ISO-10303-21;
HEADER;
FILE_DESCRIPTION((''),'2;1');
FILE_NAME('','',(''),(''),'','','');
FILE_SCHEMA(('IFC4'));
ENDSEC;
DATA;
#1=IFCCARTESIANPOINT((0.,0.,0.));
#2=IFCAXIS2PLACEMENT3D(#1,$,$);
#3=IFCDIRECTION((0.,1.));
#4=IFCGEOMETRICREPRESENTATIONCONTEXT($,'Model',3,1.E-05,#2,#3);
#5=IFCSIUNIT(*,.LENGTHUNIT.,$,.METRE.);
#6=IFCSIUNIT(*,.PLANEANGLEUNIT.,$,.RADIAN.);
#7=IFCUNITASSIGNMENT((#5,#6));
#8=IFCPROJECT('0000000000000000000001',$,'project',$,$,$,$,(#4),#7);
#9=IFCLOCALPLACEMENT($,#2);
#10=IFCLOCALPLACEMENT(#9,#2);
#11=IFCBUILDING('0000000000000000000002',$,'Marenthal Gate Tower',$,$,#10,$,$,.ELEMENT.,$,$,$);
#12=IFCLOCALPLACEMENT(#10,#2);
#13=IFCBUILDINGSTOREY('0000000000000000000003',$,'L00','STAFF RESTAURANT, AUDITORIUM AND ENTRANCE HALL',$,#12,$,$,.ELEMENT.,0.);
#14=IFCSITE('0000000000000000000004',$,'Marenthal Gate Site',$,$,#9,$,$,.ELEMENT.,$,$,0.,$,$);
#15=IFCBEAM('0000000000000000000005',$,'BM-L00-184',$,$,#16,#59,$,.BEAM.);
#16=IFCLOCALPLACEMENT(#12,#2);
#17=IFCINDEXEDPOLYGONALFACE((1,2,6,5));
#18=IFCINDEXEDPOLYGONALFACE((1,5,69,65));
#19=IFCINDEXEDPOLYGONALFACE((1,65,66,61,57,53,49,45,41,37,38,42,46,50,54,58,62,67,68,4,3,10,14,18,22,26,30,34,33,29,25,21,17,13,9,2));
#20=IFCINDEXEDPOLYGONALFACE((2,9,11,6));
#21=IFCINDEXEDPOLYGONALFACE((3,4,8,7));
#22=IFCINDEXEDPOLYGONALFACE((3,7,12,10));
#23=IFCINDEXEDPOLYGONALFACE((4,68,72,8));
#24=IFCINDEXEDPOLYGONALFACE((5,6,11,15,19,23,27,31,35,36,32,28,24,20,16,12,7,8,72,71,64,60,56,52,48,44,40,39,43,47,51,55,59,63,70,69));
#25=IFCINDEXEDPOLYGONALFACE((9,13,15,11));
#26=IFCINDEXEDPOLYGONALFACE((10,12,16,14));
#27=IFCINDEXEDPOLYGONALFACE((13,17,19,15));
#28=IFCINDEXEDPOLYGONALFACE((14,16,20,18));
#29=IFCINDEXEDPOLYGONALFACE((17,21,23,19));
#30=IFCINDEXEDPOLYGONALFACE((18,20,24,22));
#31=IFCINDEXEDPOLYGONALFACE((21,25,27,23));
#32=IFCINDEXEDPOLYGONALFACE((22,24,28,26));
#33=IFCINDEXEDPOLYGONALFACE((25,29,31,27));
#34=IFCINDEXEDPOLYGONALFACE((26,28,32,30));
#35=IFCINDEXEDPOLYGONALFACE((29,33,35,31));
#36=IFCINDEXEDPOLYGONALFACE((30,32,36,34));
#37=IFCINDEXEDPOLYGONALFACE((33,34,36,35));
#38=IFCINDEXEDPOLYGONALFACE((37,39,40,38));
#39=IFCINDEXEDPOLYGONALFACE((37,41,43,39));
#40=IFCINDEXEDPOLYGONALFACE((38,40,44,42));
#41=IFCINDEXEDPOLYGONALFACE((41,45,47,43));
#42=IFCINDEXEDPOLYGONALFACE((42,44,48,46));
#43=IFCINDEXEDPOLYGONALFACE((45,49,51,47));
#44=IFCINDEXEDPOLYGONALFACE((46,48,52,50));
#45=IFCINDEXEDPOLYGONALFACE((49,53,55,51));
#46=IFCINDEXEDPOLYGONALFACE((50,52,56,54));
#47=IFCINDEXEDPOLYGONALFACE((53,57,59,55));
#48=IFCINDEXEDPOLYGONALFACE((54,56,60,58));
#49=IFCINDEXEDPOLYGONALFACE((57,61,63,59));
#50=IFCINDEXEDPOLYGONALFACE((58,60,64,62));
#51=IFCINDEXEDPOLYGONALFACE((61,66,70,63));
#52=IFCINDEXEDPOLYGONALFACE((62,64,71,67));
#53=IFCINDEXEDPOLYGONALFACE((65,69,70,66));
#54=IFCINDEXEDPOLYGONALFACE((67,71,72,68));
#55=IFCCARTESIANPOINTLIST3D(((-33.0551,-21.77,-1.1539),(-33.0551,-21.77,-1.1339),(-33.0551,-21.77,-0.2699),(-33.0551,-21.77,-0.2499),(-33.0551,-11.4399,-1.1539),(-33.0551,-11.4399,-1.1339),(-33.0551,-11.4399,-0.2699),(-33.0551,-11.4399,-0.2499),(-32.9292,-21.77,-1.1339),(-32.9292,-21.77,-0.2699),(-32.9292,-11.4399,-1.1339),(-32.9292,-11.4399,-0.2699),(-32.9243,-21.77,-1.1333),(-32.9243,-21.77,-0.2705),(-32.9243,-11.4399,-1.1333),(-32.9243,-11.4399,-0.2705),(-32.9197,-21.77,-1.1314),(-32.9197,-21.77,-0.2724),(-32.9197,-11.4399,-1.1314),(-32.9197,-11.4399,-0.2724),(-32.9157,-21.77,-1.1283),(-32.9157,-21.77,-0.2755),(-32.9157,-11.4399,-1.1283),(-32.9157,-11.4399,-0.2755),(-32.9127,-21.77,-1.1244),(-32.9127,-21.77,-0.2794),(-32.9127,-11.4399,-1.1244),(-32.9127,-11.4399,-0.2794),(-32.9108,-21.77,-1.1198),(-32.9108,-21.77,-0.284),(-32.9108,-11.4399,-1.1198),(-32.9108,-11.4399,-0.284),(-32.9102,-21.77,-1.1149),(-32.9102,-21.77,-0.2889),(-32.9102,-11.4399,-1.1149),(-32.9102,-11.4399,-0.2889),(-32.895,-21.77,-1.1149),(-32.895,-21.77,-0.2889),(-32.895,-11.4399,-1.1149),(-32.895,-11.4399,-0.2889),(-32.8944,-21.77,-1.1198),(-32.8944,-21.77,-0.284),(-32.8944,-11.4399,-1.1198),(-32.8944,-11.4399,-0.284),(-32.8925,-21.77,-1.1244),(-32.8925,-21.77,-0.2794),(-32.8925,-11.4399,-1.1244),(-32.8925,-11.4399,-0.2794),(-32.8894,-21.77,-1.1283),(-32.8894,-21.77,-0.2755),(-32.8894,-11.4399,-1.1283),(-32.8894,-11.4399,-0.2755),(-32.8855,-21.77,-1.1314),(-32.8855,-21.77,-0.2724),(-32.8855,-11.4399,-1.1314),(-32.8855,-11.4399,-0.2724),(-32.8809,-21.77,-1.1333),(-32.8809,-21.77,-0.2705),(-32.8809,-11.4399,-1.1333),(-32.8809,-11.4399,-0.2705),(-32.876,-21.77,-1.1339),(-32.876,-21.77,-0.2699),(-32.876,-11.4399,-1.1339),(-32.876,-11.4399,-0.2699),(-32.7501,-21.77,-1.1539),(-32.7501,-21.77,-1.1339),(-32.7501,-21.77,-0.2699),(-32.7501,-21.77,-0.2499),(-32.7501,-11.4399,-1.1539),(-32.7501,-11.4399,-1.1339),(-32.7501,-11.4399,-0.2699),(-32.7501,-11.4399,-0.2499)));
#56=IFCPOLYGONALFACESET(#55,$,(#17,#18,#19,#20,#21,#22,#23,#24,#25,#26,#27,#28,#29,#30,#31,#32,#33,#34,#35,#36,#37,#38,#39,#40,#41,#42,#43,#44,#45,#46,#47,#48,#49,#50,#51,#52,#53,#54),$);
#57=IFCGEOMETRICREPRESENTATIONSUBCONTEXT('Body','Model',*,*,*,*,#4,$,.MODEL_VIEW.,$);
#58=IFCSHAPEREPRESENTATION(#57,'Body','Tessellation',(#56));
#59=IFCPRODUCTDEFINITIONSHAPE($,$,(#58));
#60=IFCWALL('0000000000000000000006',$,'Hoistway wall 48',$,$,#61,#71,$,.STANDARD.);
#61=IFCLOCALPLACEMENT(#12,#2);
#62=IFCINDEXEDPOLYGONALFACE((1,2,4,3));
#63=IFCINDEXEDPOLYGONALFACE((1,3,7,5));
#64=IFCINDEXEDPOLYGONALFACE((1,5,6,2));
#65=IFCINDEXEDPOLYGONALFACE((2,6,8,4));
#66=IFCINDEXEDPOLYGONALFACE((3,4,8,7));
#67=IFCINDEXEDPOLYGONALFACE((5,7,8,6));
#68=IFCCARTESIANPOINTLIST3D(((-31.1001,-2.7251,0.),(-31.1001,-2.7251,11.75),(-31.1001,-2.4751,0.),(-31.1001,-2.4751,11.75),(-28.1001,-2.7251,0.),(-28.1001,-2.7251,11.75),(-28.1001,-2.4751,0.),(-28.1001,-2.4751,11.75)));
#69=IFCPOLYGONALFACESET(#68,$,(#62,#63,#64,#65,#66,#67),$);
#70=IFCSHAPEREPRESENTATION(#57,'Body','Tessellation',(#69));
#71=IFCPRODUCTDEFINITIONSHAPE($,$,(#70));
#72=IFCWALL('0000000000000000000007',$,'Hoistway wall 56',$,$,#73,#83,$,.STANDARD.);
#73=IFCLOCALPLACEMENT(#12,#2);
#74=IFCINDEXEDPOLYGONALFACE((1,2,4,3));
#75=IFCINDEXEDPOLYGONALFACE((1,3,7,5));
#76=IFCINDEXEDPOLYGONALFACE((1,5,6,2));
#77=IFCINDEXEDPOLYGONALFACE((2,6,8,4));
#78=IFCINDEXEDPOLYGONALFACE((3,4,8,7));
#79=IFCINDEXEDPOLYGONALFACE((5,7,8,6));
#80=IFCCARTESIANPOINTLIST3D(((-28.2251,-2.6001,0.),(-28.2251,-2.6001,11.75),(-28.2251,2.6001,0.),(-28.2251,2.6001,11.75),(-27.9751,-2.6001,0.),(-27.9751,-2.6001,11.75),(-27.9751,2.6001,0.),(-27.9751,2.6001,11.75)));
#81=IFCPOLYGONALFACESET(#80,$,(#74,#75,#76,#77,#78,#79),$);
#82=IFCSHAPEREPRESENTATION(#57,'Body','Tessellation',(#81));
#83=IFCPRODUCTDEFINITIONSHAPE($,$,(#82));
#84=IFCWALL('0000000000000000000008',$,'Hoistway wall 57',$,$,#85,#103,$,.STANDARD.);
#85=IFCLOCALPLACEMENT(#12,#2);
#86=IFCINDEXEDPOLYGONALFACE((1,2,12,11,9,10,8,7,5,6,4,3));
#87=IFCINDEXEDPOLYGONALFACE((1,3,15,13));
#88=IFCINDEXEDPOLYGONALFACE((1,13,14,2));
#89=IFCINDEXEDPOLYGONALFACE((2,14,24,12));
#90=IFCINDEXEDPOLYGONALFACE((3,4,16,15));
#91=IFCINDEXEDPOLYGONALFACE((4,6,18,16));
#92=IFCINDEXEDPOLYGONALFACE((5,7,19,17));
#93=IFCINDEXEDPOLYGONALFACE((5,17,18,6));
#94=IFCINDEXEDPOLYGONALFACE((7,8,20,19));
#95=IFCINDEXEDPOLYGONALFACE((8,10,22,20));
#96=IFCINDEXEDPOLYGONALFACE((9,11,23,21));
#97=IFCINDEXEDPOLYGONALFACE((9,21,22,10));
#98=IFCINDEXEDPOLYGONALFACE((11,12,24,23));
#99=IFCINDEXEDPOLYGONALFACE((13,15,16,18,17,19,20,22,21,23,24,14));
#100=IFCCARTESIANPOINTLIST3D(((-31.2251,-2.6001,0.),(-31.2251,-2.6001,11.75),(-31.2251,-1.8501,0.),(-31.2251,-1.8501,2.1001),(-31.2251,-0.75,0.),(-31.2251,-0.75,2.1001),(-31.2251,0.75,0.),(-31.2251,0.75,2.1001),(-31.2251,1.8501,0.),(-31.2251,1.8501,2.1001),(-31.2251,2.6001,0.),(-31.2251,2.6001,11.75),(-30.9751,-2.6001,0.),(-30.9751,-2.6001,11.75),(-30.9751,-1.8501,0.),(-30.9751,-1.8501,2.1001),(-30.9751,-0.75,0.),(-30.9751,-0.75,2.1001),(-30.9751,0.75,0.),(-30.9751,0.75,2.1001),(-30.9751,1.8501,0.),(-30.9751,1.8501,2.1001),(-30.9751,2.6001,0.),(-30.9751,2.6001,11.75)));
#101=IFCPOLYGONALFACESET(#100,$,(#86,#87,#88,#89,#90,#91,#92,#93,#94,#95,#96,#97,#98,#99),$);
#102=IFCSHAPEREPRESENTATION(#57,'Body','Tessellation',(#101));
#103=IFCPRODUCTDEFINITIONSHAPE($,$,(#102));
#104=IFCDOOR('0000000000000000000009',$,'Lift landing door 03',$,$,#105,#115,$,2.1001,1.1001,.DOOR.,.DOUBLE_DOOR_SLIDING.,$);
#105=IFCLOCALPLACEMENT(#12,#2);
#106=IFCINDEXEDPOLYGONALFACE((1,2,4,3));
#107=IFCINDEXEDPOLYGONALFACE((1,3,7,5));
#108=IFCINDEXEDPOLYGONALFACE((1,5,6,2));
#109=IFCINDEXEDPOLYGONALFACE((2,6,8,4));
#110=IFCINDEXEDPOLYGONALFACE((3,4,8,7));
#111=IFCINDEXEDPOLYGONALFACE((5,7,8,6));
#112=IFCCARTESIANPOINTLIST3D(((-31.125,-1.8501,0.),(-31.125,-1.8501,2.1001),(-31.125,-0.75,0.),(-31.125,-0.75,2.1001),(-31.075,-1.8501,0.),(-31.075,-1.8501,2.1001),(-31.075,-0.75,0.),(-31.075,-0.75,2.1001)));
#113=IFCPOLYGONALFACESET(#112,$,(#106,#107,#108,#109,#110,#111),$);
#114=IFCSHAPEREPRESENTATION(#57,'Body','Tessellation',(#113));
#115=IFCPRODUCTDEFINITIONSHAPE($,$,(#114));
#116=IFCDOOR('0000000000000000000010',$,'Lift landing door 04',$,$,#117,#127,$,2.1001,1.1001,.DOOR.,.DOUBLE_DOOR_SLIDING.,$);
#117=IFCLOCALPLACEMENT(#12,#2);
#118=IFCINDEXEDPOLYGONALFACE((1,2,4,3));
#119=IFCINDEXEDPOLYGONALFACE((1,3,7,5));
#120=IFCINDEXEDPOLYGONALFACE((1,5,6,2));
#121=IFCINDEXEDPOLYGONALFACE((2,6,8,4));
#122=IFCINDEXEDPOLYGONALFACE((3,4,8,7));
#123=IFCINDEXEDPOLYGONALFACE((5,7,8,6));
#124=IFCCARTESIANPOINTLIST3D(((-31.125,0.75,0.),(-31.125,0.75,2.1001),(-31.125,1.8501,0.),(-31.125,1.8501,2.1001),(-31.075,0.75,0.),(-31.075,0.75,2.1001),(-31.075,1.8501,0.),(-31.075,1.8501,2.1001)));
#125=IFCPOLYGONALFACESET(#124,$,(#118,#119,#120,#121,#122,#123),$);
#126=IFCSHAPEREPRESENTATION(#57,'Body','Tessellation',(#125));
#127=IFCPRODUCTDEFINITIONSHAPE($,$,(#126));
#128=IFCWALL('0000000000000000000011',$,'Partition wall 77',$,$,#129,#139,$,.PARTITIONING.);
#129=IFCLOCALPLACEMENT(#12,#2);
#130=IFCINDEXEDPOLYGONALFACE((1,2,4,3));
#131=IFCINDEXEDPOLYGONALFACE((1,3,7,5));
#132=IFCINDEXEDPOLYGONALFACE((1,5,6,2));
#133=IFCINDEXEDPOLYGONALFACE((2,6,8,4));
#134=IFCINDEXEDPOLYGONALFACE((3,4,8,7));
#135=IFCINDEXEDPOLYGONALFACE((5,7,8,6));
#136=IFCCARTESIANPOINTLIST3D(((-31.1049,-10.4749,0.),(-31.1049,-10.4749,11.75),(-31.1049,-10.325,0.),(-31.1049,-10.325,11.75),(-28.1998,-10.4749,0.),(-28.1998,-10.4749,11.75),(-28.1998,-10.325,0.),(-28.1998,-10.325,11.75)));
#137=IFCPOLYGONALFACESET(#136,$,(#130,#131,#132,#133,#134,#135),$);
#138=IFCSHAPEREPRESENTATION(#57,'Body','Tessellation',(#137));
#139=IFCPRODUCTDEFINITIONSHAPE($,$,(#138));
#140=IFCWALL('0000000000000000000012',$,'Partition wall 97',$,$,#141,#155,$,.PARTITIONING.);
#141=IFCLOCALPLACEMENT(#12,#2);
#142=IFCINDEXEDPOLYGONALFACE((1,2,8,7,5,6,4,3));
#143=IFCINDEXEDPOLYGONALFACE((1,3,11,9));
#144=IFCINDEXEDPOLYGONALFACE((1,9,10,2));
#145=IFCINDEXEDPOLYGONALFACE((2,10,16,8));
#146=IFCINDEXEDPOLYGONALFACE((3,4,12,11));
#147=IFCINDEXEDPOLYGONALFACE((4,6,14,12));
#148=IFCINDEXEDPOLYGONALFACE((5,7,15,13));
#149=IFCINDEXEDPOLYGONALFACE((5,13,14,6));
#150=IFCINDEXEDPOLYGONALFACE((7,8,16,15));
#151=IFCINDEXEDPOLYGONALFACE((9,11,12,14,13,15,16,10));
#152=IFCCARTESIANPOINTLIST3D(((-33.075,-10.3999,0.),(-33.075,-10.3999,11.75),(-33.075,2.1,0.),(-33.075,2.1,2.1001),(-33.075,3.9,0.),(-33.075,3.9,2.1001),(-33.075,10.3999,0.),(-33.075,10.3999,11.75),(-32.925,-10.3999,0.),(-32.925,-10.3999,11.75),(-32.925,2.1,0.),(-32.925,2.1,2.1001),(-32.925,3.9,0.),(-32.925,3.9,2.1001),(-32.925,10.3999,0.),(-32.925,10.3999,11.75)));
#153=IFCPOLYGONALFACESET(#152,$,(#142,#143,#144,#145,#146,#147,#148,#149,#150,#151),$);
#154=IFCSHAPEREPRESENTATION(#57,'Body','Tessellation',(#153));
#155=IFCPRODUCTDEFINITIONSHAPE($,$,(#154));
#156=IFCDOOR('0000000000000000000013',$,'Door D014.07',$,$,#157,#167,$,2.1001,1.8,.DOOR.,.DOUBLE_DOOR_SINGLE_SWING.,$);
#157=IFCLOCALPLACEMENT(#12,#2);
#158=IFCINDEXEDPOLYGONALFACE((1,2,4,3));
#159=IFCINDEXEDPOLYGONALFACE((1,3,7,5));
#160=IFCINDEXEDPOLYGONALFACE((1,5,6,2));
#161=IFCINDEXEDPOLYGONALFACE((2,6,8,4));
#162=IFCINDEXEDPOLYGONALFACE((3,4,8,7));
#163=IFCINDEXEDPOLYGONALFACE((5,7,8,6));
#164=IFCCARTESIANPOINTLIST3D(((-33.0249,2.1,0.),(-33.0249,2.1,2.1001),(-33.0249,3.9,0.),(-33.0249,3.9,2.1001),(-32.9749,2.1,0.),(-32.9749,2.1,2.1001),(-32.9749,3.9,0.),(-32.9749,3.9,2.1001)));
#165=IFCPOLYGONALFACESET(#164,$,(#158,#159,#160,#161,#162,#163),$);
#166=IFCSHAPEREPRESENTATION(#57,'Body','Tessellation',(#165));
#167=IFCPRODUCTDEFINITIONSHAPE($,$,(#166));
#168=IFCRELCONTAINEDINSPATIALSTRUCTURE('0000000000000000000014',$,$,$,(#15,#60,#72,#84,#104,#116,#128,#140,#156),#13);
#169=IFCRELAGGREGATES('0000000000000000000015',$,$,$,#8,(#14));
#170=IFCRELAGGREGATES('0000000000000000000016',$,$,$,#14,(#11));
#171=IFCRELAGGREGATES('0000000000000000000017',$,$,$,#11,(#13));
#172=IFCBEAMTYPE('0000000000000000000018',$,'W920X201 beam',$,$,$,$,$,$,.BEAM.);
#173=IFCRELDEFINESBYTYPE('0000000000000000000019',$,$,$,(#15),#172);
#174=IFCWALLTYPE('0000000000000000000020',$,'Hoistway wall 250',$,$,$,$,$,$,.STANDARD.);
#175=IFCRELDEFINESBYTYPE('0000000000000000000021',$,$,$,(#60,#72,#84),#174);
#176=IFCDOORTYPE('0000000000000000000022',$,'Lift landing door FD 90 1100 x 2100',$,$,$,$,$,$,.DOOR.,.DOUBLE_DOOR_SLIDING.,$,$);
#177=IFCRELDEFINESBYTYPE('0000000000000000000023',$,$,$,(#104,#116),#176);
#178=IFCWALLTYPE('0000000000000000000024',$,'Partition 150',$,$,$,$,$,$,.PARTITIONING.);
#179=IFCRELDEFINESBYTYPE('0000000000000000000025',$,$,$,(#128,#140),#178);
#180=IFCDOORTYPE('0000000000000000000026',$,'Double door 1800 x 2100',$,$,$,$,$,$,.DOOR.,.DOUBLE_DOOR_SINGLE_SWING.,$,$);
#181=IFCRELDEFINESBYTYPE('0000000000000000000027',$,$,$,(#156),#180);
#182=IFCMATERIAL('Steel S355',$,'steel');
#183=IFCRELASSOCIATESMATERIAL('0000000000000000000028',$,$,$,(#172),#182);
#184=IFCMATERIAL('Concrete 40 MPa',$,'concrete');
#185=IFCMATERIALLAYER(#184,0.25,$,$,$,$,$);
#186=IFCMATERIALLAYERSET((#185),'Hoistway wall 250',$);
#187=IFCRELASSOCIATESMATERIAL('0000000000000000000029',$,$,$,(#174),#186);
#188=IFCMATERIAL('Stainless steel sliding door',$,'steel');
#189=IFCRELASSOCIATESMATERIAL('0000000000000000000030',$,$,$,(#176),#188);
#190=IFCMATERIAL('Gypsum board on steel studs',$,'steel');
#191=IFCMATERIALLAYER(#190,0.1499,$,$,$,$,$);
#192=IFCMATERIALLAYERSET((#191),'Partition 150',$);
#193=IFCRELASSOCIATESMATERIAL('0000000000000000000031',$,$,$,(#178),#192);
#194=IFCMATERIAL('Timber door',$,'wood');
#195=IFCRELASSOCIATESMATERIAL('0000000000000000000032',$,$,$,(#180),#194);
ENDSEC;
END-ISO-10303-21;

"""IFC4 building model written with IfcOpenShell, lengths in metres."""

from ifc_helpers import new_model, si_unit, direction, frame, frame_2d, origin, origin_2d, place, context, subcontext, project, spatial, rectangle, i_section, extrude, material, layer, layer_set, material_profile, profile_set, type_object, element, fill, save


model = new_model("IFC4")

# Units and contexts
model_context = context("Model", 3, precision=1e-05, world=origin(), true_north=direction((0.0, 1.0)))
body_context = subcontext(model_context, "Body", "Model", "MODEL_VIEW")
ifc_project = project(units=[si_unit("LENGTHUNIT", "METRE"), si_unit("PLANEANGLEUNIT", "RADIAN")], contexts=[model_context])

# Site, building, storey
site_placement = place(None, origin())
site = spatial("IfcSite", under=ifc_project, at=site_placement, Name="Marenthal Gate Site", CompositionType="ELEMENT", RefElevation=0.0)
building_placement = place(site_placement, origin())
building = spatial("IfcBuilding", under=site, at=building_placement, Name="Marenthal Gate Tower", CompositionType="ELEMENT")
storey_placement = place(building_placement, origin())
storey = spatial("IfcBuildingStorey", under=building, at=storey_placement, Name="L00", Description="STAFF RESTAURANT, AUDITORIUM AND ENTRANCE HALL", CompositionType="ELEMENT", Elevation=0.0)

# Beam
ifc_material_1 = material(Name="Steel S355", Category="steel")
ifc_material_profile_1 = material_profile(ifc_material_1, i_section(OverallWidth=0.3049, OverallDepth=0.9041, WebThickness=0.0151, FlangeThickness=0.02, FilletRadius=0.019, at=origin_2d()), Name="W920X201")
ifc_profile_set_1 = profile_set([ifc_material_profile_1], Name="Steel S355")
beam_type_1 = type_object("IfcBeamType", Name="W920X201 beam", PredefinedType="BEAM", material=ifc_profile_set_1)
beam_1_placement = place(storey_placement, frame((-32.9026, -11.4399, -0.7019), z_axis=(0.0, -1.0, 0.0), x_axis=(1.0, 0.0, 0.0)))
element("IfcBeam", 1, at=beam_1_placement, inside=storey, type_object=beam_type_1, Name="BM-L00-184", PredefinedType="BEAM", context=body_context, shape_type="SweptSolid", body=[
    extrude(i_section(OverallWidth=0.3049, OverallDepth=0.9041, WebThickness=0.0151, FlangeThickness=0.02, FilletRadius=0.019, at=origin_2d()), origin(), (0.0, 0.0, 1.0), 10.3301),
])

# Walls
ifc_material_2 = material(Name="Concrete 40 MPa", Category="concrete")
ifc_layer_1 = layer(ifc_material_2, 0.25)
ifc_layer_set_1 = layer_set([ifc_layer_1], Name="Hoistway wall 250")
wall_type_1 = type_object("IfcWallType", Name="Hoistway wall 250", PredefinedType="STANDARD", material=ifc_layer_set_1)
wall_1_placement = place(storey_placement, frame((-31.1001, -2.6001, 0.0), z_axis=(0.0, 0.0, 1.0), x_axis=(1.0, 0.0, 0.0)))
element("IfcWall", 2, at=wall_1_placement, inside=storey, type_object=wall_type_1, Name="Hoistway wall 48", PredefinedType="STANDARD", context=body_context, shape_type="SweptSolid", body=[
    extrude(rectangle(XDim=3.0, YDim=0.25, at=frame_2d((1.5, 0.0))), origin(), (0.0, 0.0, 1.0), 11.75),
])
wall_2_placement = place(storey_placement, frame((-28.1001, -2.6001, 0.0), z_axis=(0.0, 0.0, 1.0), x_axis=(0.0, 1.0, 0.0)))
element("IfcWall", 3, at=wall_2_placement, inside=storey, type_object=wall_type_1, Name="Hoistway wall 56", PredefinedType="STANDARD", context=body_context, shape_type="SweptSolid", body=[
    extrude(rectangle(XDim=5.2002, YDim=0.25, at=frame_2d((2.6001, 0.0))), origin(), (0.0, 0.0, 1.0), 11.75),
])

# Wall, openings, doors
wall_3_placement = place(storey_placement, frame((-31.1001, -2.6001, 0.0), z_axis=(0.0, 0.0, 1.0), x_axis=(0.0, 1.0, 0.0)))
wall_3 = element("IfcWall", 4, at=wall_3_placement, inside=storey, type_object=wall_type_1, Name="Hoistway wall 57", PredefinedType="STANDARD", context=body_context, shape_type="SweptSolid", body=[
    extrude(rectangle(XDim=5.2002, YDim=0.25, at=frame_2d((2.6001, 0.0))), origin(), (0.0, 0.0, 1.0), 11.75),
])
opening_1_placement = place(wall_3_placement, frame((0.75, 0.0, 0.0)))
opening_1 = element("IfcOpeningElement", 5, at=opening_1_placement, cuts=wall_3, PredefinedType="OPENING", context=body_context, shape_type="SweptSolid", body=[
    extrude(rectangle(XDim=1.1001, YDim=2.1001, at=frame_2d((0.55, 1.05))), frame((0.0, 0.135, 0.0), z_axis=(0.0, -1.0, 0.0), x_axis=(1.0, 0.0, 0.0)), (0.0, 0.0, 1.0), 0.27),
])
opening_2_placement = place(wall_3_placement, frame((3.3501, 0.0, 0.0)))
opening_2 = element("IfcOpeningElement", 6, at=opening_2_placement, cuts=wall_3, PredefinedType="OPENING", context=body_context, shape_type="SweptSolid", body=[
    extrude(rectangle(XDim=1.1001, YDim=2.1001, at=frame_2d((0.55, 1.05))), frame((0.0, 0.135, 0.0), z_axis=(0.0, -1.0, 0.0), x_axis=(1.0, 0.0, 0.0)), (0.0, 0.0, 1.0), 0.27),
])
ifc_material_3 = material(Name="Stainless steel sliding door", Category="steel")
door_type_1 = type_object("IfcDoorType", Name="Lift landing door FD 90 1100 x 2100", OperationType="DOUBLE_DOOR_SLIDING", PredefinedType="DOOR", material=ifc_material_3)
door_1_placement = place(opening_1_placement, origin())
door_1 = element("IfcDoor", 7, at=door_1_placement, inside=storey, type_object=door_type_1, Name="Lift landing door 03", OperationType="DOUBLE_DOOR_SLIDING", OverallHeight=2.1001, OverallWidth=1.1001, PredefinedType="DOOR", context=body_context, shape_type="SweptSolid", body=[
    extrude(rectangle(XDim=1.1001, YDim=2.1001, at=frame_2d((0.55, 1.05))), frame((0.0, 0.0249, 0.0), z_axis=(0.0, -1.0, 0.0), x_axis=(1.0, 0.0, 0.0)), (0.0, 0.0, 1.0), 0.05),
])
fill(opening_1, door_1)
door_2_placement = place(opening_2_placement, origin())
door_2 = element("IfcDoor", 8, at=door_2_placement, inside=storey, type_object=door_type_1, Name="Lift landing door 04", OperationType="DOUBLE_DOOR_SLIDING", OverallHeight=2.1001, OverallWidth=1.1001, PredefinedType="DOOR", context=body_context, shape_type="SweptSolid", body=[
    extrude(rectangle(XDim=1.1001, YDim=2.1001, at=frame_2d((0.55, 1.05))), frame((0.0, 0.0249, 0.0), z_axis=(0.0, -1.0, 0.0), x_axis=(1.0, 0.0, 0.0)), (0.0, 0.0, 1.0), 0.05),
])
fill(opening_2, door_2)

# Wall
ifc_material_4 = material(Name="Gypsum board on steel studs", Category="steel")
ifc_layer_2 = layer(ifc_material_4, 0.1499)
ifc_layer_set_2 = layer_set([ifc_layer_2], Name="Partition 150")
wall_type_2 = type_object("IfcWallType", Name="Partition 150", PredefinedType="PARTITIONING", material=ifc_layer_set_2)
wall_4_placement = place(storey_placement, frame((-31.105, -10.3999, 0.0), z_axis=(0.0, 0.0, 1.0), x_axis=(1.0, 0.0, 0.0)))
element("IfcWall", 9, at=wall_4_placement, inside=storey, type_object=wall_type_2, Name="Partition wall 77", PredefinedType="PARTITIONING", context=body_context, shape_type="SweptSolid", body=[
    extrude(rectangle(XDim=2.905, YDim=0.1499, at=frame_2d((1.4526, 0.0))), origin(), (0.0, 0.0, 1.0), 11.75),
])

# Wall, opening, door
wall_5_placement = place(storey_placement, frame((-33.0, -10.3999, 0.0), z_axis=(0.0, 0.0, 1.0), x_axis=(0.0, 1.0, 0.0)))
wall_5 = element("IfcWall", 10, at=wall_5_placement, inside=storey, type_object=wall_type_2, Name="Partition wall 97", PredefinedType="PARTITIONING", context=body_context, shape_type="SweptSolid", body=[
    extrude(rectangle(XDim=20.7998, YDim=0.1499, at=frame_2d((10.3999, 0.0))), origin(), (0.0, 0.0, 1.0), 11.75),
])
opening_3_placement = place(wall_5_placement, frame((12.5, 0.0, 0.0)))
opening_3 = element("IfcOpeningElement", 11, at=opening_3_placement, cuts=wall_5, PredefinedType="OPENING", context=body_context, shape_type="SweptSolid", body=[
    extrude(rectangle(XDim=1.8, YDim=2.1001, at=frame_2d((0.8999, 1.05))), frame((0.0, 0.085, 0.0), z_axis=(0.0, -1.0, 0.0), x_axis=(1.0, 0.0, 0.0)), (0.0, 0.0, 1.0), 0.1699),
])
ifc_material_5 = material(Name="Timber door", Category="wood")
door_type_2 = type_object("IfcDoorType", Name="Double door 1800 x 2100", OperationType="DOUBLE_DOOR_SINGLE_SWING", PredefinedType="DOOR", material=ifc_material_5)
door_3_placement = place(opening_3_placement, origin())
door_3 = element("IfcDoor", 12, at=door_3_placement, inside=storey, type_object=door_type_2, Name="Door D014.07", OperationType="DOUBLE_DOOR_SINGLE_SWING", OverallHeight=2.1001, OverallWidth=1.8, PredefinedType="DOOR", context=body_context, shape_type="SweptSolid", body=[
    extrude(rectangle(XDim=1.8, YDim=2.1001, at=frame_2d((0.8999, 1.05))), frame((0.0, 0.0249, 0.0), z_axis=(0.0, -1.0, 0.0), x_axis=(1.0, 0.0, 0.0)), (0.0, 0.0, 1.0), 0.05),
])
fill(opening_3, door_3)

save(model, "model.ifc")
